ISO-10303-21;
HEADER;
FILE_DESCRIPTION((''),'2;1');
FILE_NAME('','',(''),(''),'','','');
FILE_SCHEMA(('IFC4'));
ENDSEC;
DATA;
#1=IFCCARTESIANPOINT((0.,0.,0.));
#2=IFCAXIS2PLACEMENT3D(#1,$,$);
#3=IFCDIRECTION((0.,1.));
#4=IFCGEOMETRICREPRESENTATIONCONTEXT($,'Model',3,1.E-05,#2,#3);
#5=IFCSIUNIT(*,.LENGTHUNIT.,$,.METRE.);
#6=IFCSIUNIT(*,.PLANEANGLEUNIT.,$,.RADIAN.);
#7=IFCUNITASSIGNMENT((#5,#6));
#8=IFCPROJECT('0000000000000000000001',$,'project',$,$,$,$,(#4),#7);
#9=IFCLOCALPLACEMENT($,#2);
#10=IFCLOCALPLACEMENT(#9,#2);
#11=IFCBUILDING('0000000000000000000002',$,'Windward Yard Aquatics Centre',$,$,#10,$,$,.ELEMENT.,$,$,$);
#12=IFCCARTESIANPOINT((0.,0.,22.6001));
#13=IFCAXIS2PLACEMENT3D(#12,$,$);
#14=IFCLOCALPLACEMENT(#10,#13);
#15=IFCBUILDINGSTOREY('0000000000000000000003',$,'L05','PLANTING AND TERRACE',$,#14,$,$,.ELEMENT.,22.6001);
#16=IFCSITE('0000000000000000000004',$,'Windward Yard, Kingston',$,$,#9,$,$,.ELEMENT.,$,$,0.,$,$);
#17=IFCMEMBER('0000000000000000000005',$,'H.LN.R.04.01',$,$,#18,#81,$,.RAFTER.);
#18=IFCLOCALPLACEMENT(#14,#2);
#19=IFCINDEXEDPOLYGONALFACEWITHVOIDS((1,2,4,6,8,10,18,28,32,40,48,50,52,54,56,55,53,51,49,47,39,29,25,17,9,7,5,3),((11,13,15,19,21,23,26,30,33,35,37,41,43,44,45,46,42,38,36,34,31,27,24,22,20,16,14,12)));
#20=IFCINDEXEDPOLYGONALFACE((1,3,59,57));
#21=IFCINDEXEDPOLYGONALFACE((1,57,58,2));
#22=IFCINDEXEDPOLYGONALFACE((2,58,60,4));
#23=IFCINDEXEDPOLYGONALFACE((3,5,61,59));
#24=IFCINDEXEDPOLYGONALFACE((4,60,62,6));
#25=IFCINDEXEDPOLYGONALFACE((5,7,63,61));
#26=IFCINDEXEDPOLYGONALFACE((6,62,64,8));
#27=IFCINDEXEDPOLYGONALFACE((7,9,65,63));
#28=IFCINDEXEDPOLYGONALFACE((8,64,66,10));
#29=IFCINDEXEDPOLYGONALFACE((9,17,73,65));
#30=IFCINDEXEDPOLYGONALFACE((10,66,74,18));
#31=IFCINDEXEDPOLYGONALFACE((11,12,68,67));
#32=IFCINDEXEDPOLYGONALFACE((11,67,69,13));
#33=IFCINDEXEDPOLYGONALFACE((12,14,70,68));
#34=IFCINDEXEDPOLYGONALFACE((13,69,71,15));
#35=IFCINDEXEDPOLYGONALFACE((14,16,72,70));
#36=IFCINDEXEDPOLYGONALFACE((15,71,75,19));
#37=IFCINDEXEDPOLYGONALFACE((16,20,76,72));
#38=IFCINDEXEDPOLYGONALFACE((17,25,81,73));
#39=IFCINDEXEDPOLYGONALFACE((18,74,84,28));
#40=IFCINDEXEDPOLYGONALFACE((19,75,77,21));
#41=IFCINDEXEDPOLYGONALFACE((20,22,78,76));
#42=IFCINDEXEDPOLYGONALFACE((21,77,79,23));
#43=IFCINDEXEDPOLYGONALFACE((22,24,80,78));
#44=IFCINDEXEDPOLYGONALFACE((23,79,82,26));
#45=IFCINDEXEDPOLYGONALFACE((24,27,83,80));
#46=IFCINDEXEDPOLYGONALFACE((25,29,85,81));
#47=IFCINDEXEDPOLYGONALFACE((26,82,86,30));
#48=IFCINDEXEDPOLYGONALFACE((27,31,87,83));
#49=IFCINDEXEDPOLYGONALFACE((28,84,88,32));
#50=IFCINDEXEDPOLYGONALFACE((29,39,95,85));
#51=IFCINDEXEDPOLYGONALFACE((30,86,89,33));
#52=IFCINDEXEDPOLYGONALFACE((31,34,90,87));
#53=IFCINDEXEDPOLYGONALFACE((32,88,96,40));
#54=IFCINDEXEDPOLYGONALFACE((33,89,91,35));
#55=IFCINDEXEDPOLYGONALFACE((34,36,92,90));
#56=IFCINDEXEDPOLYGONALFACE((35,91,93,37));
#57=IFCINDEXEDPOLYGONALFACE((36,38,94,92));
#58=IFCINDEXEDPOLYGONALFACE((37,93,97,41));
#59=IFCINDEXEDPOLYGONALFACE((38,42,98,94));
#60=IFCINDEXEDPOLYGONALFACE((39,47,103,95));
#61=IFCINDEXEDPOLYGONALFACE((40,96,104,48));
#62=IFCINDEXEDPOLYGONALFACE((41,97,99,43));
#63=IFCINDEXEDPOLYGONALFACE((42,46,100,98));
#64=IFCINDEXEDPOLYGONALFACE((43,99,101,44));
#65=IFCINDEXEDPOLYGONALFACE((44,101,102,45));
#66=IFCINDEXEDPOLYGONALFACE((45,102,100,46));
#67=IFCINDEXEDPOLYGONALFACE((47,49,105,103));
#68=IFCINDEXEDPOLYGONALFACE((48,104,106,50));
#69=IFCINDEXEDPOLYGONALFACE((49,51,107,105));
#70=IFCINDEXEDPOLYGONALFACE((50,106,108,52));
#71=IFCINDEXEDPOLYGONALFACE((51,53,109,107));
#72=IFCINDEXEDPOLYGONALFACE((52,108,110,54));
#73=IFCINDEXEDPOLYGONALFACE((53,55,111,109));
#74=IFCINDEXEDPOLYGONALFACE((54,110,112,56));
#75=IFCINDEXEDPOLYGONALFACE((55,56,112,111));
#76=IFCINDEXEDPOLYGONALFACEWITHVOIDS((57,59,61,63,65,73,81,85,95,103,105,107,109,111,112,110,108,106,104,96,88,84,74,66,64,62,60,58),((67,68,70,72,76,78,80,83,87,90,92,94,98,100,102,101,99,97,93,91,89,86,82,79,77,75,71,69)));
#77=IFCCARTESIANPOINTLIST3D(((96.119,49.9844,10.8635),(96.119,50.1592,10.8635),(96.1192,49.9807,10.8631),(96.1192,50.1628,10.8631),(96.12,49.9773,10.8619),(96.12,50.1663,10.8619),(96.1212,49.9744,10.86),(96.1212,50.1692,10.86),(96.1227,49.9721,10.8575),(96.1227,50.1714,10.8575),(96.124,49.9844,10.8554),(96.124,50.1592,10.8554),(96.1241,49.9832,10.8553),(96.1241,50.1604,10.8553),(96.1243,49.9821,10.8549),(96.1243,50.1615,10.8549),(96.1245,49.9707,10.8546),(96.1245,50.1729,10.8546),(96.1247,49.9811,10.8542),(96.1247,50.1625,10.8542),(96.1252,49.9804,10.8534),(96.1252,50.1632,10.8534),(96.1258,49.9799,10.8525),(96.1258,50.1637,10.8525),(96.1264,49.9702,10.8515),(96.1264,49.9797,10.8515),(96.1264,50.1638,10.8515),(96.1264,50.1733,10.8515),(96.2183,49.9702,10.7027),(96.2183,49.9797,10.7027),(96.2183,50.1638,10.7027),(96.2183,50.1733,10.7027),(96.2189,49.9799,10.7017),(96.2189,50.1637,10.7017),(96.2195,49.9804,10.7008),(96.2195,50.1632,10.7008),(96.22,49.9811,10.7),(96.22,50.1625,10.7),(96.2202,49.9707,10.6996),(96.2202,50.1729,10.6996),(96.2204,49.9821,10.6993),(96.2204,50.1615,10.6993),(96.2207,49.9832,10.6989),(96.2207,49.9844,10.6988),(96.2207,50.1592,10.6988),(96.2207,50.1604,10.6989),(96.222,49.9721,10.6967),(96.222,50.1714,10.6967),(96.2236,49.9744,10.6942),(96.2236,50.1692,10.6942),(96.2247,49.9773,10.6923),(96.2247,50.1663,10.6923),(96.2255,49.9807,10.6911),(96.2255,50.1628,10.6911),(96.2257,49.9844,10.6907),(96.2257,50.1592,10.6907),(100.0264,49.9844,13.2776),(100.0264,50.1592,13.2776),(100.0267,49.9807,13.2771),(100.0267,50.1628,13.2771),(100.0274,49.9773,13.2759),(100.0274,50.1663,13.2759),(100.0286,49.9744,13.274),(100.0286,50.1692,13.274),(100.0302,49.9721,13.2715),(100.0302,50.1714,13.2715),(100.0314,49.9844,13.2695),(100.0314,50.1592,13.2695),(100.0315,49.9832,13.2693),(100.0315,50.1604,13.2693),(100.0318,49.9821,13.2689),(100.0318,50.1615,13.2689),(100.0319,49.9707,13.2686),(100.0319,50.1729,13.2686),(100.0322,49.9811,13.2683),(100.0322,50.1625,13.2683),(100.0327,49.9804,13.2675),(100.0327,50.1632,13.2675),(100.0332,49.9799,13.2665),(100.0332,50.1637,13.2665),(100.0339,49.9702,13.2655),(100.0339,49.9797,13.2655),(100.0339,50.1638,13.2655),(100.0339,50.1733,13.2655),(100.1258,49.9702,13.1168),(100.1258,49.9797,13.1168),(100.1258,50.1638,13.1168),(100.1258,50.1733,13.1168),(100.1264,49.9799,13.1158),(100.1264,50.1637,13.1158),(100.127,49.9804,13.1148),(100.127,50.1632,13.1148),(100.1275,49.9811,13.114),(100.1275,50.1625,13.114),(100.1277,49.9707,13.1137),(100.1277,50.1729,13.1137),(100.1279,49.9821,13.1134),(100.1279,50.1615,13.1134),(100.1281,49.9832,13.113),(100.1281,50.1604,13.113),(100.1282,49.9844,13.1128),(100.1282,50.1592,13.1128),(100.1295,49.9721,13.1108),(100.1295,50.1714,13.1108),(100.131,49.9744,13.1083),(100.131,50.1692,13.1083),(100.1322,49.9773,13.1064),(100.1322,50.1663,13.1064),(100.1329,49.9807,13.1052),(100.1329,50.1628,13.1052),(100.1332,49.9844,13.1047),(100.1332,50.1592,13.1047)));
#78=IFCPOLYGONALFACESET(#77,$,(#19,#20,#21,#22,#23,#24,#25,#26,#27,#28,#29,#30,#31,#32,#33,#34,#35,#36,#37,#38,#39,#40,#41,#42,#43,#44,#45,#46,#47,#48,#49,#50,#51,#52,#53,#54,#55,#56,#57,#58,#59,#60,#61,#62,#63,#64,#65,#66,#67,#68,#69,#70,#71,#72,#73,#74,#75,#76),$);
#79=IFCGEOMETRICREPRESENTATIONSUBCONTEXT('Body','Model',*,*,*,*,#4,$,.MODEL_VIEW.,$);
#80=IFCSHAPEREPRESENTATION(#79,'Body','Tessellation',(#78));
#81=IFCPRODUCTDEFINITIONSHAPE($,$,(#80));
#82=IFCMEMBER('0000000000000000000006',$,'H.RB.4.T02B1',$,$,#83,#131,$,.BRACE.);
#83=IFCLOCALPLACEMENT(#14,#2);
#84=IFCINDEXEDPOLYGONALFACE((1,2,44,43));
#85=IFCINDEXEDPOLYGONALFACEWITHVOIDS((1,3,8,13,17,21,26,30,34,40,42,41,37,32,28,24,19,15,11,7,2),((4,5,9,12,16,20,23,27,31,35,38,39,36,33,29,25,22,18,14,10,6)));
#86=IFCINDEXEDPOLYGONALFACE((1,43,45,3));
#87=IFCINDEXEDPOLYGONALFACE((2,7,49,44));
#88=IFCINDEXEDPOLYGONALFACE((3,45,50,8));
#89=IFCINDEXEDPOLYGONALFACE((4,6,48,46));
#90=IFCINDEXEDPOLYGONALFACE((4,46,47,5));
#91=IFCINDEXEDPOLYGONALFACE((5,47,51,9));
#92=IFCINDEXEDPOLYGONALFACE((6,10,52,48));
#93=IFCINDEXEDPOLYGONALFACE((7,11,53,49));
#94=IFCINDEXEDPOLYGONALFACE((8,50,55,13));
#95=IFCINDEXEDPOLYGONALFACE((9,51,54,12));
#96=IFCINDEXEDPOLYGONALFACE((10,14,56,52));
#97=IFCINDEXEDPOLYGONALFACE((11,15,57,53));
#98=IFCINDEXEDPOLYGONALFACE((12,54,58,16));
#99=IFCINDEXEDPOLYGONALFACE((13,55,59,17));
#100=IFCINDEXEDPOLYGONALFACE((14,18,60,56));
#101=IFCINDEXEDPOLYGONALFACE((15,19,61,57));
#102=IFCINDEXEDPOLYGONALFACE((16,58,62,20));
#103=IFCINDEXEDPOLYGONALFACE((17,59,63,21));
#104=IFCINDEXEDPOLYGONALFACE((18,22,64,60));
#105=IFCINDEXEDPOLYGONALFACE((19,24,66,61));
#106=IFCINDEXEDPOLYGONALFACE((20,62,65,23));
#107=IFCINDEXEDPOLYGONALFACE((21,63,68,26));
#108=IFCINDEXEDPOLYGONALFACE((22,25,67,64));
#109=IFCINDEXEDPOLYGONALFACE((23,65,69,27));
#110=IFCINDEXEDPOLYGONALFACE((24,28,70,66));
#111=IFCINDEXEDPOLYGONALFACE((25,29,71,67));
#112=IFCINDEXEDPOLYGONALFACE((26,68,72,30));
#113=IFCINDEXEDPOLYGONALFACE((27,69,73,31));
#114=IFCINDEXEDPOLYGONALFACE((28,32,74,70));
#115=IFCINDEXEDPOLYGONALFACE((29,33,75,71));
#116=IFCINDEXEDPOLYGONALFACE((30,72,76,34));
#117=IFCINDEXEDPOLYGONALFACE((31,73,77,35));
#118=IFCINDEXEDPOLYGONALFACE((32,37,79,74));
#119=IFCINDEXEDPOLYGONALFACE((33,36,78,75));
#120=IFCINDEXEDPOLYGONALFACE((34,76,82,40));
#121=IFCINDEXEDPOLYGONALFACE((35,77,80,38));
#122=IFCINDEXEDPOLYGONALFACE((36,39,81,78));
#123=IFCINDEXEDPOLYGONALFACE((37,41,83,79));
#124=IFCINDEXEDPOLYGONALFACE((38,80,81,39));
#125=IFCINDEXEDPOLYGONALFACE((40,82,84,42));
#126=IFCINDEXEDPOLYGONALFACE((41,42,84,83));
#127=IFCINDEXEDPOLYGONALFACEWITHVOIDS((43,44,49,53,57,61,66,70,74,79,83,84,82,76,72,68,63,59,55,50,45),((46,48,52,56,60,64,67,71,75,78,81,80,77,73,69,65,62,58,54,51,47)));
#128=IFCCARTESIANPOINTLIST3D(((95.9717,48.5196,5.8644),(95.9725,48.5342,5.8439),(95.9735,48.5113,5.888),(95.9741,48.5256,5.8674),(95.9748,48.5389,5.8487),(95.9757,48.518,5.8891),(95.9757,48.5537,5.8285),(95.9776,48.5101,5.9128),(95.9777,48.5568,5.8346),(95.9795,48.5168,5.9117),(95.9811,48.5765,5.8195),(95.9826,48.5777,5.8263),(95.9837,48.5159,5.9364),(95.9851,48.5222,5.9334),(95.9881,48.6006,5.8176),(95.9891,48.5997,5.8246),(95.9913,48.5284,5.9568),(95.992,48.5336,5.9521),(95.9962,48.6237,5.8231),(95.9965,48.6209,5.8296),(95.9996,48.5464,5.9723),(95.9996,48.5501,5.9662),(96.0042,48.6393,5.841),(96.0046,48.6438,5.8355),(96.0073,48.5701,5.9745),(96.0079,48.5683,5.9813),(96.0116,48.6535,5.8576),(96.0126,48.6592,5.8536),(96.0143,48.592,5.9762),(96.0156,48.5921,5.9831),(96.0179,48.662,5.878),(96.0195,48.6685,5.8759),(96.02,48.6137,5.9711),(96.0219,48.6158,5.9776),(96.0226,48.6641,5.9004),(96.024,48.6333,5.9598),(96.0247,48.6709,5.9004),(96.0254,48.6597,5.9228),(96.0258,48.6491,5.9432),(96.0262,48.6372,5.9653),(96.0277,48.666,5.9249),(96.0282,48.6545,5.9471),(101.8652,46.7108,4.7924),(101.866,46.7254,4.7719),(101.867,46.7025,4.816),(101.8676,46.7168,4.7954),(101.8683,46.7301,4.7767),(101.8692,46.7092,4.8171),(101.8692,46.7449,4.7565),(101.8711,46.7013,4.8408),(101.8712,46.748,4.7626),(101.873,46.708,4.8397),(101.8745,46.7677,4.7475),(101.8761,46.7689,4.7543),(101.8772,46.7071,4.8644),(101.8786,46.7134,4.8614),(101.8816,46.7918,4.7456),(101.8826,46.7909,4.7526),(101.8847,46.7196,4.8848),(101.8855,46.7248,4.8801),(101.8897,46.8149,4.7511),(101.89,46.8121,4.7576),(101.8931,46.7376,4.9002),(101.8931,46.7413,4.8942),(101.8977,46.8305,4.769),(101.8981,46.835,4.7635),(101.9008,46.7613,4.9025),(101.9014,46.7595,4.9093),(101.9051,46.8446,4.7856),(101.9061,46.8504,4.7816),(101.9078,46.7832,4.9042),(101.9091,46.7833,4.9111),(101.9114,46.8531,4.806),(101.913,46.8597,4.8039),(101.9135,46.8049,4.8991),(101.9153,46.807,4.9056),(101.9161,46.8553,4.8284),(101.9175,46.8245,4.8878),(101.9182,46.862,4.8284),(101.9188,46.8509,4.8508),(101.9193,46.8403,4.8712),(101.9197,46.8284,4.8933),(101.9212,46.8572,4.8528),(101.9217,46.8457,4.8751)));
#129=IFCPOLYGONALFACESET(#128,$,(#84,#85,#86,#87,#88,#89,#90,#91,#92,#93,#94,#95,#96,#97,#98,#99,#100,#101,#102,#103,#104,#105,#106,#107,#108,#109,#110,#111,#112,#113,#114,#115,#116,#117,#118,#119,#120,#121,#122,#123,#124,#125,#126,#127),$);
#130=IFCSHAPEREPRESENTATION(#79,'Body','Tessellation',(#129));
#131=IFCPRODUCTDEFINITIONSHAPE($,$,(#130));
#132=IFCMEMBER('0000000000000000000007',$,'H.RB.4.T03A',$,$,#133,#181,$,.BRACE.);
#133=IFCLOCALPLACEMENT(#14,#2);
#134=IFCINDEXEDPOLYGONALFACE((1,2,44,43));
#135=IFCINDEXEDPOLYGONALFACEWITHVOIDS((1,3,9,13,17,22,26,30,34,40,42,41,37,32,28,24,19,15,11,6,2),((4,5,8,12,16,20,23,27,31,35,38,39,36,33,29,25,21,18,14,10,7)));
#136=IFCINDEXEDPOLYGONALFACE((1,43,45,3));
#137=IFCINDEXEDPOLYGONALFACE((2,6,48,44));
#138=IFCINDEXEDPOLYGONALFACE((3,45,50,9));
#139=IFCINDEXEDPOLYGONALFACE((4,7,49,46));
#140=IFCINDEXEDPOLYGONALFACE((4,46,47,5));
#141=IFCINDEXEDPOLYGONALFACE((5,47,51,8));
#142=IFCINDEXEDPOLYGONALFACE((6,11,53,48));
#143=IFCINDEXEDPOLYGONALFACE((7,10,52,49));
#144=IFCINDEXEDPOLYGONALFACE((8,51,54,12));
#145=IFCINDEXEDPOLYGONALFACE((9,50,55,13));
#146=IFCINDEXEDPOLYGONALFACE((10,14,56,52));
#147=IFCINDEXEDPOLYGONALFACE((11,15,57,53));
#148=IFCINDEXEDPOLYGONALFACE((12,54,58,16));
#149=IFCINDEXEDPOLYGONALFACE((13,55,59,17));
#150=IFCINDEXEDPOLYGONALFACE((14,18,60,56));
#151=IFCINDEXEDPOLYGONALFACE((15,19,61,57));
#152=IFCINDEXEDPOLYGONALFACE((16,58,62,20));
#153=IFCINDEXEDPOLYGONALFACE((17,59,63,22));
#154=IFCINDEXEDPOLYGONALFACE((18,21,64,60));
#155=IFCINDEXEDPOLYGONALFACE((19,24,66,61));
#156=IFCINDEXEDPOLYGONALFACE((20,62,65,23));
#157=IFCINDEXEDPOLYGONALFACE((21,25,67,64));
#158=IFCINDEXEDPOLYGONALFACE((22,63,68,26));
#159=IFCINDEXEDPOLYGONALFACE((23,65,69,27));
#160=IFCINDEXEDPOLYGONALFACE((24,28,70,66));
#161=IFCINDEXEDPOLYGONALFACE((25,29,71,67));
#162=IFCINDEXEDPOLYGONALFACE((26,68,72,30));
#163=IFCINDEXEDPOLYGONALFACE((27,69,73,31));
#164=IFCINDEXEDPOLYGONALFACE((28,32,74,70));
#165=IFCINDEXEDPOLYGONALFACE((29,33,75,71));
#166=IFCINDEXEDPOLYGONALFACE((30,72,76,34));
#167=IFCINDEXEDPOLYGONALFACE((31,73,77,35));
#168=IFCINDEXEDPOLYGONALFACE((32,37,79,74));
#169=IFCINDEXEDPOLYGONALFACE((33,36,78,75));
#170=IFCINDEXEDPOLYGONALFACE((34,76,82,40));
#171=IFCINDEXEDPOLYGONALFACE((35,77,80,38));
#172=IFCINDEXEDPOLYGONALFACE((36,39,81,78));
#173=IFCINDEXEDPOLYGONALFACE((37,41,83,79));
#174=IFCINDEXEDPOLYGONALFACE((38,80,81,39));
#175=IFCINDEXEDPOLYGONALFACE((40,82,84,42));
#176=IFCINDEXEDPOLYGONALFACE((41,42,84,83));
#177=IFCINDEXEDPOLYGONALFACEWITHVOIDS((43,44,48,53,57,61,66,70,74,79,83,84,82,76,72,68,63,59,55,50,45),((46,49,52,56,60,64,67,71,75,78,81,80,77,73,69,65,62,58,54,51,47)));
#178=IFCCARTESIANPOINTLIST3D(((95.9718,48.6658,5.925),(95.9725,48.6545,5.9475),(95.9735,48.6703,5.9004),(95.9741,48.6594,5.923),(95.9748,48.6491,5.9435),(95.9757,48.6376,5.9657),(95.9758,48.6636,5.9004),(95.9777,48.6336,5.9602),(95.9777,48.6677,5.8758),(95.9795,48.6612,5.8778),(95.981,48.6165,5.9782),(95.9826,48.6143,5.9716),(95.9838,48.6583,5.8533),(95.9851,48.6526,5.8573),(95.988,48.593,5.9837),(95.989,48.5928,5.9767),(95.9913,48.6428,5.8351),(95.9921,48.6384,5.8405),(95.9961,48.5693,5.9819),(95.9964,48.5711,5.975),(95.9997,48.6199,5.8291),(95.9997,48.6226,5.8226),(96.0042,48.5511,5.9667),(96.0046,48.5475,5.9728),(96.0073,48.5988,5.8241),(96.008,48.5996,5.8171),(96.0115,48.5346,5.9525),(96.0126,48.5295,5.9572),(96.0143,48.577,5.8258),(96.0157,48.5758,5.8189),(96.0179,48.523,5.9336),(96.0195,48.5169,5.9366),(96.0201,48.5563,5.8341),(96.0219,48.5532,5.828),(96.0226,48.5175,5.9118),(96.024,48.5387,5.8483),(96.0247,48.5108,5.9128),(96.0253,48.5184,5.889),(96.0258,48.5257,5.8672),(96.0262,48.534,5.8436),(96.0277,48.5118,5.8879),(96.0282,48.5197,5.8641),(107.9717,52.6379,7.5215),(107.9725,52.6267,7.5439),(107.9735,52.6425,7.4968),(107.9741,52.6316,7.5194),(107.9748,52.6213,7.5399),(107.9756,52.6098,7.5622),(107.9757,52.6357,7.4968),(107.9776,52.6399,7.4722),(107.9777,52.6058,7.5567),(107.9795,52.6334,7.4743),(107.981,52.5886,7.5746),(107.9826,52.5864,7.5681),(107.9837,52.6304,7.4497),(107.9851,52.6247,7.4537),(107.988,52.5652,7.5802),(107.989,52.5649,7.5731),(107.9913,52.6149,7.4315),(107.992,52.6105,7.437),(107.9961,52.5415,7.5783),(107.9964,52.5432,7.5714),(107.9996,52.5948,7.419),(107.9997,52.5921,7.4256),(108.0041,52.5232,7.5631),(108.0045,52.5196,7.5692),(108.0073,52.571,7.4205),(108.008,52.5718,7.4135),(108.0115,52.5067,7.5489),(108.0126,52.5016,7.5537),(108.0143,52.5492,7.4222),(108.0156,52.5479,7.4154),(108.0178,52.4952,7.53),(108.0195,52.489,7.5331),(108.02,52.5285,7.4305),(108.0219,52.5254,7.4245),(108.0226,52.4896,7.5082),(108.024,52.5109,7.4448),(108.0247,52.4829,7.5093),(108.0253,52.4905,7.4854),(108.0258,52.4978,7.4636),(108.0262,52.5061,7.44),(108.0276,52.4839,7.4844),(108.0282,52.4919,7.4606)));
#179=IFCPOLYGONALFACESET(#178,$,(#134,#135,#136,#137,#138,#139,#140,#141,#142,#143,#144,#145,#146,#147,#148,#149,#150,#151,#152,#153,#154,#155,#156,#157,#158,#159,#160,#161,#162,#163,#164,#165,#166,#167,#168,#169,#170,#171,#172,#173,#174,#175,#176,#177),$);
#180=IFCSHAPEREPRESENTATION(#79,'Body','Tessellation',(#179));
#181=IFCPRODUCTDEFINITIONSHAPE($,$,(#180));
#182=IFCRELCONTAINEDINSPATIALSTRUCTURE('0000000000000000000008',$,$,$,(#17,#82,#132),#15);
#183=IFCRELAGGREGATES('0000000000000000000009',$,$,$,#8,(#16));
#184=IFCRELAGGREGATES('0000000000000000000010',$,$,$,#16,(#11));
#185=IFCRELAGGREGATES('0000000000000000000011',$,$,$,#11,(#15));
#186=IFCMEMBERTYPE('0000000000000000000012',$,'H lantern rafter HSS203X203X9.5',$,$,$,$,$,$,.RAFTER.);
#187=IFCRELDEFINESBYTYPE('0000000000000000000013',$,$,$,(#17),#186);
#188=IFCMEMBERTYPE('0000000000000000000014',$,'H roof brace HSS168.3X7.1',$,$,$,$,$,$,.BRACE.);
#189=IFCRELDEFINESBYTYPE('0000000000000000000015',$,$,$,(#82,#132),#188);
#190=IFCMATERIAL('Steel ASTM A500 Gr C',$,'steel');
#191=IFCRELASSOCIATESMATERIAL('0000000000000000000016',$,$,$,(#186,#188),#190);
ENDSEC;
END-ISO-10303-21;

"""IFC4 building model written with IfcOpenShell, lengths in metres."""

from ifc_helpers import new_model, si_unit, direction, frame, origin, origin_2d, place, context, subcontext, project, spatial, hollow_rectangle, hollow_circle, extrude, material, material_profile, profile_set, type_object, element, save


model = new_model("IFC4")

# Units and contexts
model_context = context("Model", 3, precision=1e-05, world=origin(), true_north=direction((0.0, 1.0)))
body_context = subcontext(model_context, "Body", "Model", "MODEL_VIEW")
ifc_project = project(units=[si_unit("LENGTHUNIT", "METRE"), si_unit("PLANEANGLEUNIT", "RADIAN")], contexts=[model_context])

# Site, building, storey
site_placement = place(None, origin())
site = spatial("IfcSite", under=ifc_project, at=site_placement, Name="Windward Yard, Kingston", CompositionType="ELEMENT", RefElevation=0.0)
building_placement = place(site_placement, origin())
building = spatial("IfcBuilding", under=site, at=building_placement, Name="Windward Yard Aquatics Centre", CompositionType="ELEMENT")
storey_placement = place(building_placement, frame((0.0, 0.0, 22.6001)))
storey = spatial("IfcBuildingStorey", under=building, at=storey_placement, Name="L05", Description="PLANTING AND TERRACE", CompositionType="ELEMENT", Elevation=22.6001)

# Shared definitions
ifc_material_1 = material(Name="Steel ASTM A500 Gr C", Category="steel")

# Members
ifc_material_profile_1 = material_profile(ifc_material_1, hollow_rectangle(XDim=0.2031, YDim=0.2031, WallThickness=0.0095, InnerFilletRadius=0.0046, OuterFilletRadius=0.0142, at=origin_2d()), Name="HSS203X203X9.5")
ifc_profile_set_1 = profile_set([ifc_material_profile_1], Name="Steel ASTM A500 Gr C")
member_type_1 = type_object("IfcMemberType", Name="H lantern rafter HSS203X203X9.5", PredefinedType="RAFTER", material=ifc_profile_set_1)
member_1_placement = place(storey_placement, frame((96.1724, 50.0718, 10.7771), z_axis=(0.850737, 0.0, 0.525591), x_axis=(0.0, 1.0, 0.0)))
element("IfcMember", 1, at=member_1_placement, inside=storey, type_object=member_type_1, Name="H.LN.R.04.01", PredefinedType="RAFTER", context=body_context, shape_type="SweptSolid", body=[
    extrude(hollow_rectangle(XDim=0.2031, YDim=0.2031, WallThickness=0.0095, InnerFilletRadius=0.0046, OuterFilletRadius=0.0142, at=origin_2d()), origin(), (0.0, 0.0, 1.0), 4.593),
])
ifc_material_profile_2 = material_profile(ifc_material_1, hollow_circle(Radius=0.0842, WallThickness=0.0071, at=origin_2d()), Name="HSS168.3X7.1")
ifc_profile_set_2 = profile_set([ifc_material_profile_2], Name="Steel ASTM A500 Gr C")
member_type_2 = type_object("IfcMemberType", Name="H roof brace HSS168.3X7.1", PredefinedType="BRACE", material=ifc_profile_set_2)
member_2_placement = place(storey_placement, frame((96.0, 48.5903, 5.9004), z_axis=(0.941853, -0.289072, -0.17132), x_axis=(0.29341, 0.955987, 0.0)))
element("IfcMember", 2, at=member_2_placement, inside=storey, type_object=member_type_2, Name="H.RB.4.T02B1", PredefinedType="BRACE", context=body_context, shape_type="SweptSolid", body=[
    extrude(hollow_circle(Radius=0.0842, WallThickness=0.0071, at=origin_2d()), origin(), (0.0, 0.0, 1.0), 6.2573),
])
member_3_placement = place(storey_placement, frame((96.0, 48.5903, 5.9004), z_axis=(0.94186, 0.311769, 0.125302), x_axis=(-0.314245, 0.949342, 0.0)))
element("IfcMember", 3, at=member_3_placement, inside=storey, type_object=member_type_2, Name="H.RB.4.T03A", PredefinedType="BRACE", context=body_context, shape_type="SweptSolid", body=[
    extrude(hollow_circle(Radius=0.0842, WallThickness=0.0071, at=origin_2d()), origin(), (0.0, 0.0, 1.0), 12.7407),
])

save(model, "model.ifc")
